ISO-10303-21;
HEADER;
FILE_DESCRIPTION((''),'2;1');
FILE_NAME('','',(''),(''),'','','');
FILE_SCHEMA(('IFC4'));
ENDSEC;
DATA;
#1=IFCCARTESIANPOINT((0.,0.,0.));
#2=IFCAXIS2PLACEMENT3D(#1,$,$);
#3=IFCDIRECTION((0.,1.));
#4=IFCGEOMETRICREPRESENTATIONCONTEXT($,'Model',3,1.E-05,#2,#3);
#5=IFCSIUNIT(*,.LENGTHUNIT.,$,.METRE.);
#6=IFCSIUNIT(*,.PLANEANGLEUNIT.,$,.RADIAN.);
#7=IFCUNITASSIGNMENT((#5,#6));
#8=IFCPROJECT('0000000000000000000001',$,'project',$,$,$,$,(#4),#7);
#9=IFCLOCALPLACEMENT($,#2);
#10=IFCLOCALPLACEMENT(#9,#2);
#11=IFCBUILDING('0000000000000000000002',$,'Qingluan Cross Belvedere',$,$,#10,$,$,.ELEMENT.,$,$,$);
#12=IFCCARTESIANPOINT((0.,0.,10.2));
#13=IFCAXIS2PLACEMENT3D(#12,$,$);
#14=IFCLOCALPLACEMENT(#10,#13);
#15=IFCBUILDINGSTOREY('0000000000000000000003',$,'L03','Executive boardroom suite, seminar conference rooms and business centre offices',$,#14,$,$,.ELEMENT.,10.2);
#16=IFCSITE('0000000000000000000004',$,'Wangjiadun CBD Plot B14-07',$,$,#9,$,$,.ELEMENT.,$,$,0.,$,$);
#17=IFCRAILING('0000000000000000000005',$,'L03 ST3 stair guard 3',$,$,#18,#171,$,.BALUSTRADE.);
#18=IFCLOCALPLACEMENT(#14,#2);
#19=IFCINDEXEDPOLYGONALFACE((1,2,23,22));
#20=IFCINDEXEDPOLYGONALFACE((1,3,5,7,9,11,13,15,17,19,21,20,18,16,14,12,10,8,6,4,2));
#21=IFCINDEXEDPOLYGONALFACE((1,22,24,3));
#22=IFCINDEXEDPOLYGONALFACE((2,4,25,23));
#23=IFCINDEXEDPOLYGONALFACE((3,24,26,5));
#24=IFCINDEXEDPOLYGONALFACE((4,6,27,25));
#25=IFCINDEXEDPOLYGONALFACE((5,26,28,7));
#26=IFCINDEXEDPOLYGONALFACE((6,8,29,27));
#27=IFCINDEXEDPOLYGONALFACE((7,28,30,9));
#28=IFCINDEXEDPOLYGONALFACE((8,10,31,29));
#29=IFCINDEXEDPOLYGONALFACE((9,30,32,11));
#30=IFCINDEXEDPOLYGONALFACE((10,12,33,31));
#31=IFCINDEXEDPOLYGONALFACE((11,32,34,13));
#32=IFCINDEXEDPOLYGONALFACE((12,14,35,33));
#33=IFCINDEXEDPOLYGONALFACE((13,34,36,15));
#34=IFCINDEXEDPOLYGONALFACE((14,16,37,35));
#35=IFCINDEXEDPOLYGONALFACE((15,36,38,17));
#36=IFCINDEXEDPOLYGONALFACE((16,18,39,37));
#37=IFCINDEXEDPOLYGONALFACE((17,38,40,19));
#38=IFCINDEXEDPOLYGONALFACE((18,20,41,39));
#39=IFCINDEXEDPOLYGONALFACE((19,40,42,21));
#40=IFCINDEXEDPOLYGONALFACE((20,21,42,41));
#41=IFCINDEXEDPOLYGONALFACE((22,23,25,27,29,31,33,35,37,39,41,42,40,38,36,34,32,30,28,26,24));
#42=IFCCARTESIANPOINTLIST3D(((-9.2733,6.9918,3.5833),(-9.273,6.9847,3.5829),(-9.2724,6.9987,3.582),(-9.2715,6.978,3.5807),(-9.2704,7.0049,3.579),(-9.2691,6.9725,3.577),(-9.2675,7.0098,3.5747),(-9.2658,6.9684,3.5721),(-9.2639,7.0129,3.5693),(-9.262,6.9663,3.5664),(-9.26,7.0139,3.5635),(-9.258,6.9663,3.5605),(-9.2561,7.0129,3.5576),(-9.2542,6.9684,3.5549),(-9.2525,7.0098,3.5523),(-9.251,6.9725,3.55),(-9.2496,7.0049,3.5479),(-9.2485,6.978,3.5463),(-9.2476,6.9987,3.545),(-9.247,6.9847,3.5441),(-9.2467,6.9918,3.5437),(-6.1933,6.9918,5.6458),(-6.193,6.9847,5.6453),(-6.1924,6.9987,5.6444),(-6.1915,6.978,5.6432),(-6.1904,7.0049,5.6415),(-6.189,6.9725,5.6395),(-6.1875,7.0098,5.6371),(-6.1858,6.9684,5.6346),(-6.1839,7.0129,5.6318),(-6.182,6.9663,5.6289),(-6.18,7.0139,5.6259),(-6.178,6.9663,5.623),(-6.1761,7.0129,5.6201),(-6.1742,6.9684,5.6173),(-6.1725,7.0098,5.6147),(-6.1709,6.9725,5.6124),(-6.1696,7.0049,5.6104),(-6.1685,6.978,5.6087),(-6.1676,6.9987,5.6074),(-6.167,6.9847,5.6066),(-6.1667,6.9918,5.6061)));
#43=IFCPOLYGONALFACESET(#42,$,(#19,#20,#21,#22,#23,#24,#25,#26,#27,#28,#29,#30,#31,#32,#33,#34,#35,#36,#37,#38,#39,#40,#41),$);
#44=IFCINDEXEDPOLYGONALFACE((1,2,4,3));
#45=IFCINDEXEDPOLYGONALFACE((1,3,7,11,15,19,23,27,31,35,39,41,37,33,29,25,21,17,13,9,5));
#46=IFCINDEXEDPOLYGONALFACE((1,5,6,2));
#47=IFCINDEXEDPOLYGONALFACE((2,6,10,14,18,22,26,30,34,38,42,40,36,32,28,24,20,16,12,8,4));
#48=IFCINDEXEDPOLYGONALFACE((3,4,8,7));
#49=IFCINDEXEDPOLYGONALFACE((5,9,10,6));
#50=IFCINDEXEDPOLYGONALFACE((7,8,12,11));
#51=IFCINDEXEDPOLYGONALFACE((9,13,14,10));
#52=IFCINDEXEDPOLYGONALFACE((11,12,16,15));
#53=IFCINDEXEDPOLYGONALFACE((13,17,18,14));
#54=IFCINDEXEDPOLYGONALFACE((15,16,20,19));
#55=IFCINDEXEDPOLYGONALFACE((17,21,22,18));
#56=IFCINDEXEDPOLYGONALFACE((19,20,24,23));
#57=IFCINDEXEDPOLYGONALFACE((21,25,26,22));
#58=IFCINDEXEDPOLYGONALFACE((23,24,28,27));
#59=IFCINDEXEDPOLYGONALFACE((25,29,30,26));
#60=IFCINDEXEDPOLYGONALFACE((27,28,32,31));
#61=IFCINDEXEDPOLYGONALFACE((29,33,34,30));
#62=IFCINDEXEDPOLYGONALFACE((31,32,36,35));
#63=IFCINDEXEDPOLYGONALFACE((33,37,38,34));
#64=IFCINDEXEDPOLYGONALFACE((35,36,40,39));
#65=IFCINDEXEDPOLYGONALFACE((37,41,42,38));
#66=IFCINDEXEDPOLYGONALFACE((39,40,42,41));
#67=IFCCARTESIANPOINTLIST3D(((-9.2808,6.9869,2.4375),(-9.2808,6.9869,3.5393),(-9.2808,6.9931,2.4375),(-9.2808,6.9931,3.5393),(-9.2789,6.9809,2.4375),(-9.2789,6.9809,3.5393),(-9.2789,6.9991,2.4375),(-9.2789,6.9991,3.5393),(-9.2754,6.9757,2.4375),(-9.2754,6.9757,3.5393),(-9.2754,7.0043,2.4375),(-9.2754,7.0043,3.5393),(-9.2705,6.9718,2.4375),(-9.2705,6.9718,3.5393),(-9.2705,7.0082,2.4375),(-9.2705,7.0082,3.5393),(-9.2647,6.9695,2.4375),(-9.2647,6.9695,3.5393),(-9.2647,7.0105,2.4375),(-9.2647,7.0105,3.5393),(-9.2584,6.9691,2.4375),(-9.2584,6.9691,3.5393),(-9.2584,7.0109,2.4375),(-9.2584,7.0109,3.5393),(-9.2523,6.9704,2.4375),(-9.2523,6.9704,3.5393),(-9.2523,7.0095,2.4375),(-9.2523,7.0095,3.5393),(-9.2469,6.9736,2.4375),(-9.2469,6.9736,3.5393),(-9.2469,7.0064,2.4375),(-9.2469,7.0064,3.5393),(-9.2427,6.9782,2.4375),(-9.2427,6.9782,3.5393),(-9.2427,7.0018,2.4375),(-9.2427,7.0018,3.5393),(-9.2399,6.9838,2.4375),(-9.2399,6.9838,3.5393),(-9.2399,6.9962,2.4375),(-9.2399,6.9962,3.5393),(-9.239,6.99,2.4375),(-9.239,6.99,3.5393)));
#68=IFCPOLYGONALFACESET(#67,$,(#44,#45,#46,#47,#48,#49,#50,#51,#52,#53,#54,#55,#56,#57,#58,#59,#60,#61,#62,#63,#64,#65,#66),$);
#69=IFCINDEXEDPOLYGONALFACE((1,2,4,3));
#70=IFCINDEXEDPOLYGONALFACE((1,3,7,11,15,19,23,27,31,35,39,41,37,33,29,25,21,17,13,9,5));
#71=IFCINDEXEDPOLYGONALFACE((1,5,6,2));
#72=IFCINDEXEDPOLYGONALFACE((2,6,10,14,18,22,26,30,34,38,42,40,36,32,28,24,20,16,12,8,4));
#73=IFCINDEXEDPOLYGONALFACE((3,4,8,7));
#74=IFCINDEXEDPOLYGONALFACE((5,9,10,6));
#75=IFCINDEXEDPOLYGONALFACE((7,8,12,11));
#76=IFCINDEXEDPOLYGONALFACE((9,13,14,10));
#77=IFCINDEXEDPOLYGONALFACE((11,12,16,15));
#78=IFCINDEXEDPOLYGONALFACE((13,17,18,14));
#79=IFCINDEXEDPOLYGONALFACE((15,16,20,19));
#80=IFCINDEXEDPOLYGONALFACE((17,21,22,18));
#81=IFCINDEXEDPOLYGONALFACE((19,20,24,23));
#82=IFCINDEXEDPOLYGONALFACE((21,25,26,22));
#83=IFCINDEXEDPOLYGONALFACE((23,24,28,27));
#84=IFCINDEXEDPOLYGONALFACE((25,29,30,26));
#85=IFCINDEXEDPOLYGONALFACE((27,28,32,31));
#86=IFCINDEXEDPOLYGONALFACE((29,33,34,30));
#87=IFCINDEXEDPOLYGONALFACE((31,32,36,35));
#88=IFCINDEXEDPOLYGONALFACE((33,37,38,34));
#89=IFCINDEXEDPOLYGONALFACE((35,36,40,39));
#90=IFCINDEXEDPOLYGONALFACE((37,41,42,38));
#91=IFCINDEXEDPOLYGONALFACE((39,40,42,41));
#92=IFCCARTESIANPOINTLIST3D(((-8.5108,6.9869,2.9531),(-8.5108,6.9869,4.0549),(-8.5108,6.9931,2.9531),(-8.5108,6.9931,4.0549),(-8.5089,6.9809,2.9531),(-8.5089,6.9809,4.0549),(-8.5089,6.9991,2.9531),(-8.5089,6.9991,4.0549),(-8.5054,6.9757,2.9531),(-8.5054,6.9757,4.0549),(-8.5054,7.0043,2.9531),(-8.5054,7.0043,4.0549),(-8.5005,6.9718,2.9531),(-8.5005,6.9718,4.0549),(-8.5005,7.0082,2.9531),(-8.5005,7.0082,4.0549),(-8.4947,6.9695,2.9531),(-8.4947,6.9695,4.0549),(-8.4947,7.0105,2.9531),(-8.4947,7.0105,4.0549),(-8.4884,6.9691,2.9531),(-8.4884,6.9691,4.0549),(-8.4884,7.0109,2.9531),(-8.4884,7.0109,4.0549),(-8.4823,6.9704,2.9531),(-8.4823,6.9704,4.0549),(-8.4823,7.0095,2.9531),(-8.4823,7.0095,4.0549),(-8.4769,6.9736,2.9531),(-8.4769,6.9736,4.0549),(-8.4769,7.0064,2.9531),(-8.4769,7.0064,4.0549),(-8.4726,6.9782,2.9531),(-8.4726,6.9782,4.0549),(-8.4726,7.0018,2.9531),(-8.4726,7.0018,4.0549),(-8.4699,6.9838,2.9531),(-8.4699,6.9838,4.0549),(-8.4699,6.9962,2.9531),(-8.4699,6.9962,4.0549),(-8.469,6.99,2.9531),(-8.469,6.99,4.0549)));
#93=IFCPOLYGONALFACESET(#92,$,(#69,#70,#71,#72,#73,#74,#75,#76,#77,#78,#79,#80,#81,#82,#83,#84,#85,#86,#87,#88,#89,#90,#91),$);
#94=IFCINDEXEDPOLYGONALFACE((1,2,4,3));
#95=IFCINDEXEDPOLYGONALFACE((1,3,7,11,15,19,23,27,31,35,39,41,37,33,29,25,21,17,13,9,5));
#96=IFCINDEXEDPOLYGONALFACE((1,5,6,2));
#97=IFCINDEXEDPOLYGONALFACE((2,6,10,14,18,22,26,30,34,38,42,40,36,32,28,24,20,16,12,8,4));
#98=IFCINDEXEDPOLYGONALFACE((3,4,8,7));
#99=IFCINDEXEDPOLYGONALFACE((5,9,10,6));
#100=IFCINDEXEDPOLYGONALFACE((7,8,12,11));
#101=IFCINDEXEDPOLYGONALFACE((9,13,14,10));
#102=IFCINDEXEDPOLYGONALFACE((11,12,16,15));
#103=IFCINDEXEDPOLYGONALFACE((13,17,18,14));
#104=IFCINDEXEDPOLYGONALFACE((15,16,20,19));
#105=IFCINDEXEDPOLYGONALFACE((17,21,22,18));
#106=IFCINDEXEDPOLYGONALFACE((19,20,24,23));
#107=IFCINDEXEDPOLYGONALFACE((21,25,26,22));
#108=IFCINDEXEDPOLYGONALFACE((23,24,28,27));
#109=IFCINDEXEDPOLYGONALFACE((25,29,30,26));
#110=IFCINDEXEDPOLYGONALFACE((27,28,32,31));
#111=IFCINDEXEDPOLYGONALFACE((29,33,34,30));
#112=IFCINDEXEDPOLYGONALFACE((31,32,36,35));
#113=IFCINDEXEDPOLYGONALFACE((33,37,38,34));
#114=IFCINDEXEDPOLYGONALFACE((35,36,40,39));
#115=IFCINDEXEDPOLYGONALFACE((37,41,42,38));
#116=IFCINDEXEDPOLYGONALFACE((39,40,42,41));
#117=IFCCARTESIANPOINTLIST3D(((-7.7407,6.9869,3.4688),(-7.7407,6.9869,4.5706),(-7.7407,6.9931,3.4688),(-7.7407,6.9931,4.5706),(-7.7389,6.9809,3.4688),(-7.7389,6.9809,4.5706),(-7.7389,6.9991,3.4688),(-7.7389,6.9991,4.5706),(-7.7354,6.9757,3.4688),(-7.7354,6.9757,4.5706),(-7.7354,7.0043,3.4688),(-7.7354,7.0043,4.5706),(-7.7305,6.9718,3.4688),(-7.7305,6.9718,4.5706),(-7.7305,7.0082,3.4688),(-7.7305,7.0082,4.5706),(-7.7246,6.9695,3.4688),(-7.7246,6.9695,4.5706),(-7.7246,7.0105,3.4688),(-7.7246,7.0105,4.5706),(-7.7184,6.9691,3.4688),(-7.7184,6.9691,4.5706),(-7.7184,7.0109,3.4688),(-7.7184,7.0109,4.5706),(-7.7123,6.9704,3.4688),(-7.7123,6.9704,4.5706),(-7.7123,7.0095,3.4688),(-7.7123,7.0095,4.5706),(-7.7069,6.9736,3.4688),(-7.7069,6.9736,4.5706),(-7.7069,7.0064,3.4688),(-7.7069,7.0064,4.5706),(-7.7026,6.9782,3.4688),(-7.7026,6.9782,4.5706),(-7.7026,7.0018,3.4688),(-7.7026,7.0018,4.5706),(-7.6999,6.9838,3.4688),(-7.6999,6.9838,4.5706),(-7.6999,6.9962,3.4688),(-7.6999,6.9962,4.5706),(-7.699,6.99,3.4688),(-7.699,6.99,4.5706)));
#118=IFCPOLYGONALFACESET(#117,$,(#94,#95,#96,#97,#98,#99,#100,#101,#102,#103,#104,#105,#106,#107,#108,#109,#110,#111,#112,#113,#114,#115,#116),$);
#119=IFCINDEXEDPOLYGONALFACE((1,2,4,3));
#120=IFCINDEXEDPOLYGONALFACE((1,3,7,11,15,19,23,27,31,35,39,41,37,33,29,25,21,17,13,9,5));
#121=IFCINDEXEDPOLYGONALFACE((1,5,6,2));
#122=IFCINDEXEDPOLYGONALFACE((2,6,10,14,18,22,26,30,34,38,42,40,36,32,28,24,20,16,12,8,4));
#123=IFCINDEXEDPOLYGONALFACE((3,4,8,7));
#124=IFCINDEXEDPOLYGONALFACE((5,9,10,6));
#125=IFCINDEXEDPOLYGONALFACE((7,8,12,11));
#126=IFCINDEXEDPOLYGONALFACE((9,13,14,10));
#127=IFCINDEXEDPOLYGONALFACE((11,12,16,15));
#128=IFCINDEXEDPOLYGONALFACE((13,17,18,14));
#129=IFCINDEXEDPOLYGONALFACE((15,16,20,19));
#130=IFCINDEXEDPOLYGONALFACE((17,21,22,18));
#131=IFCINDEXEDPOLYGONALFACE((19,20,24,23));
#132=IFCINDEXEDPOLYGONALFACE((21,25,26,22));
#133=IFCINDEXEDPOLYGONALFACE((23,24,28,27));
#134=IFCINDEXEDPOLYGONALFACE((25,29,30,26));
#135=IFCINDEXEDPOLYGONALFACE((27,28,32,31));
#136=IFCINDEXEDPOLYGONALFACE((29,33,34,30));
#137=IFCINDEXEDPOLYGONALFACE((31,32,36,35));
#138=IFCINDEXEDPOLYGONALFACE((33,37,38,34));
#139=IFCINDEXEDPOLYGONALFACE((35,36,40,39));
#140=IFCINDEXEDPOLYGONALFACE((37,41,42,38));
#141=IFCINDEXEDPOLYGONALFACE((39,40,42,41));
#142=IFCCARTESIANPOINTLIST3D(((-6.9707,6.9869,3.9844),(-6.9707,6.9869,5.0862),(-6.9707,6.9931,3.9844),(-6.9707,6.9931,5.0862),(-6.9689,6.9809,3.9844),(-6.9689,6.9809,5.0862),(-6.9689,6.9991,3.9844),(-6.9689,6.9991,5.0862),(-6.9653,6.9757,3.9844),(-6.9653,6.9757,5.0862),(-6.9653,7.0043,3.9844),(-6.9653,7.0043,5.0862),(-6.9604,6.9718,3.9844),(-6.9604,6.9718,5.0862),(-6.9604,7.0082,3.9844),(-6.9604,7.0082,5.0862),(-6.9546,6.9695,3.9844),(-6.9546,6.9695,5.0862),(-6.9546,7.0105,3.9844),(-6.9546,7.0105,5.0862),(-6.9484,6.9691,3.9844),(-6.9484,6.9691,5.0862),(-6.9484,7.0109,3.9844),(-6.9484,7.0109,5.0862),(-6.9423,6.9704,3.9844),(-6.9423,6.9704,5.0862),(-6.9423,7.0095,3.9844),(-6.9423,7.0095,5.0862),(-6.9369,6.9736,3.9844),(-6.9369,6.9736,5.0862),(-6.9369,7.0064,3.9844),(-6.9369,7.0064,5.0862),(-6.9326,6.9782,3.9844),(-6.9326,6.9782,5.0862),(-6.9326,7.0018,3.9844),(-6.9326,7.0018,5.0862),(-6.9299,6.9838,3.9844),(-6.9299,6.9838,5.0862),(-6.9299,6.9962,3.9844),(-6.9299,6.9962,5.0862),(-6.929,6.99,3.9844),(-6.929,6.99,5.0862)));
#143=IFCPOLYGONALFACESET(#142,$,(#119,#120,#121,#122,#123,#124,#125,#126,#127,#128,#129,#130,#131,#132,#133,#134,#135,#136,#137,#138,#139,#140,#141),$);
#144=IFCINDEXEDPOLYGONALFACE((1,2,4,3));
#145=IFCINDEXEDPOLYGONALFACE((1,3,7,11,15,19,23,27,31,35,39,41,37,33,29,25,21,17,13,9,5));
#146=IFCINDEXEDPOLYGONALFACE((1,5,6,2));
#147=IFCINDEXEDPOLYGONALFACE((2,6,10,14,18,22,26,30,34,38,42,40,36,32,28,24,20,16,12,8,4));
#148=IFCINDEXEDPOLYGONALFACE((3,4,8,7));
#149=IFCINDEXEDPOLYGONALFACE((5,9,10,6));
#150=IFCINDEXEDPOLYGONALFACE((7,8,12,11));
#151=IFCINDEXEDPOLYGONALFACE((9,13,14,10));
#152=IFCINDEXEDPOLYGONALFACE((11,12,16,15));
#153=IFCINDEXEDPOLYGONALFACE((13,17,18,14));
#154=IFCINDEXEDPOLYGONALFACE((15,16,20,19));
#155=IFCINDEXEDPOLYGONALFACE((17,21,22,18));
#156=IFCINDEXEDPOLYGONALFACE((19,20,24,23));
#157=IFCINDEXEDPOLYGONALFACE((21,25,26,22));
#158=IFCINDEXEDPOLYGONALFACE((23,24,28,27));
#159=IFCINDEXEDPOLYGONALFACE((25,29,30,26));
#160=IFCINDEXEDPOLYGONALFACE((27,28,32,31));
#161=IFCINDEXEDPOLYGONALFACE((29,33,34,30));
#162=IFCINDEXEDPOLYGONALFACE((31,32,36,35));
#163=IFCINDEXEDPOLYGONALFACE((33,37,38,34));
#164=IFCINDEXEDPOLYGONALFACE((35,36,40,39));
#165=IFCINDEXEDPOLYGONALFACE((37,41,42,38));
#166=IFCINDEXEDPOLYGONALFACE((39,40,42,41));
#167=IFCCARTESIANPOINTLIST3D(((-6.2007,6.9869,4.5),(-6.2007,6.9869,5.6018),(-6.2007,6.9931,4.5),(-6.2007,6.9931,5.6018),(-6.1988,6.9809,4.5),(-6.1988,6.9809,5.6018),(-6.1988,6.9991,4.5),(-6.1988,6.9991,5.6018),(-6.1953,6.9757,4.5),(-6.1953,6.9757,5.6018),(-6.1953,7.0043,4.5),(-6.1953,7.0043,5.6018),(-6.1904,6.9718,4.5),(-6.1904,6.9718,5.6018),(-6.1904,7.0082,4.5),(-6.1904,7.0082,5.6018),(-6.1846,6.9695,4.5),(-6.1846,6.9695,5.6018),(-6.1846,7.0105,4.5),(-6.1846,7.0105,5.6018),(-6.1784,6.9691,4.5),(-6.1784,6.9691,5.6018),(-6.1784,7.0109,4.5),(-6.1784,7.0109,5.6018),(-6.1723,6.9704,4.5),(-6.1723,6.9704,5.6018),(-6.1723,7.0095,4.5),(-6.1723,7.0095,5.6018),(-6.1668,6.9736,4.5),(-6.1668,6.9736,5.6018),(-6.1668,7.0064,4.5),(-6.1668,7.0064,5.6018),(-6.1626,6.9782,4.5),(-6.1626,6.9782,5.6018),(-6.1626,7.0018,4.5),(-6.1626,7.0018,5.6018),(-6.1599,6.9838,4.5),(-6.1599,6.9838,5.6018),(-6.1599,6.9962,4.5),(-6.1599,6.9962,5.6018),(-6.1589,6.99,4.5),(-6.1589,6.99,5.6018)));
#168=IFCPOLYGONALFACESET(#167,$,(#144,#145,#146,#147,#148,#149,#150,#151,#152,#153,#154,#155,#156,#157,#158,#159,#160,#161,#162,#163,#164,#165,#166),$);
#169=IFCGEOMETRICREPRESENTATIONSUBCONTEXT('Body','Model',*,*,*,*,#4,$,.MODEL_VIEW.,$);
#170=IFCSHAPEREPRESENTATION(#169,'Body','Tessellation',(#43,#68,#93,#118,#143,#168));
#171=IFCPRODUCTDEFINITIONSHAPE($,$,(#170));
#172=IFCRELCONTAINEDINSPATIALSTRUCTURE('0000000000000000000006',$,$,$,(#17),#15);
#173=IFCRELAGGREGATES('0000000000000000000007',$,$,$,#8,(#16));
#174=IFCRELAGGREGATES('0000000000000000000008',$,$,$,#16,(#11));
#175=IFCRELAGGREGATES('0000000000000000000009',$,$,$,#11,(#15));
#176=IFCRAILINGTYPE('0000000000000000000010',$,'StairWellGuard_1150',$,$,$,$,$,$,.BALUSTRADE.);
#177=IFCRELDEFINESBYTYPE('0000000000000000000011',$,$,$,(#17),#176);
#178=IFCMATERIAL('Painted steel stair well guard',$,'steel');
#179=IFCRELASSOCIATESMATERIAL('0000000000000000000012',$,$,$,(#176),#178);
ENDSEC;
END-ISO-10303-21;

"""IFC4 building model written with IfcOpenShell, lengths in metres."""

from ifc_helpers import new_model, si_unit, direction, frame, origin, origin_2d, place, context, subcontext, project, spatial, circle, extrude, material, type_object, element, save


model = new_model("IFC4")

# Units and contexts
model_context = context("Model", 3, precision=1e-05, world=origin(), true_north=direction((0.0, 1.0)))
body_context = subcontext(model_context, "Body", "Model", "MODEL_VIEW")
ifc_project = project(units=[si_unit("LENGTHUNIT", "METRE"), si_unit("PLANEANGLEUNIT", "RADIAN")], contexts=[model_context])

# Site, building, storey
site_placement = place(None, origin())
site = spatial("IfcSite", under=ifc_project, at=site_placement, Name="Wangjiadun CBD Plot B14-07", CompositionType="ELEMENT", RefElevation=0.0)
building_placement = place(site_placement, origin())
building = spatial("IfcBuilding", under=site, at=building_placement, Name="Qingluan Cross Belvedere", CompositionType="ELEMENT")
storey_placement = place(building_placement, frame((0.0, 0.0, 10.2)))
storey = spatial("IfcBuildingStorey", under=building, at=storey_placement, Name="L03", Description="Executive boardroom suite, seminar conference rooms and business centre offices", CompositionType="ELEMENT", Elevation=10.2)

# Railing
ifc_material_1 = material(Name="Painted steel stair well guard", Category="steel")
railing_type_1 = type_object("IfcRailingType", Name="StairWellGuard_1150", PredefinedType="BALUSTRADE", material=ifc_material_1)
railing_1_placement = place(storey_placement, frame((-9.26, 6.99, 2.4375)))
element("IfcRailing", 1, at=railing_1_placement, inside=storey, type_object=railing_type_1, Name="L03 ST3 stair guard 3", PredefinedType="BALUSTRADE", context=body_context, shape_type="SweptSolid", body=[
    extrude(circle(Radius=0.0239, at=origin_2d()), frame((0.0, 0.0, 1.126), z_axis=(0.830914, 0.0, 0.556401), x_axis=(0.0, 1.0, 0.0)), (0.0, 0.0, 1.0), 3.7068),
    extrude(circle(Radius=0.021, at=origin_2d()), origin(), (0.0, 0.0, 1.0), 1.1018),
    extrude(circle(Radius=0.021, at=origin_2d()), frame((0.77, 0.0, 0.5156)), (0.0, 0.0, 1.0), 1.1018),
    extrude(circle(Radius=0.021, at=origin_2d()), frame((1.54, 0.0, 1.0312)), (0.0, 0.0, 1.0), 1.1018),
    extrude(circle(Radius=0.021, at=origin_2d()), frame((2.3101, 0.0, 1.5469)), (0.0, 0.0, 1.0), 1.1018),
    extrude(circle(Radius=0.021, at=origin_2d()), frame((3.0801, 0.0, 2.0625)), (0.0, 0.0, 1.0), 1.1018),
])

save(model, "model.ifc")
